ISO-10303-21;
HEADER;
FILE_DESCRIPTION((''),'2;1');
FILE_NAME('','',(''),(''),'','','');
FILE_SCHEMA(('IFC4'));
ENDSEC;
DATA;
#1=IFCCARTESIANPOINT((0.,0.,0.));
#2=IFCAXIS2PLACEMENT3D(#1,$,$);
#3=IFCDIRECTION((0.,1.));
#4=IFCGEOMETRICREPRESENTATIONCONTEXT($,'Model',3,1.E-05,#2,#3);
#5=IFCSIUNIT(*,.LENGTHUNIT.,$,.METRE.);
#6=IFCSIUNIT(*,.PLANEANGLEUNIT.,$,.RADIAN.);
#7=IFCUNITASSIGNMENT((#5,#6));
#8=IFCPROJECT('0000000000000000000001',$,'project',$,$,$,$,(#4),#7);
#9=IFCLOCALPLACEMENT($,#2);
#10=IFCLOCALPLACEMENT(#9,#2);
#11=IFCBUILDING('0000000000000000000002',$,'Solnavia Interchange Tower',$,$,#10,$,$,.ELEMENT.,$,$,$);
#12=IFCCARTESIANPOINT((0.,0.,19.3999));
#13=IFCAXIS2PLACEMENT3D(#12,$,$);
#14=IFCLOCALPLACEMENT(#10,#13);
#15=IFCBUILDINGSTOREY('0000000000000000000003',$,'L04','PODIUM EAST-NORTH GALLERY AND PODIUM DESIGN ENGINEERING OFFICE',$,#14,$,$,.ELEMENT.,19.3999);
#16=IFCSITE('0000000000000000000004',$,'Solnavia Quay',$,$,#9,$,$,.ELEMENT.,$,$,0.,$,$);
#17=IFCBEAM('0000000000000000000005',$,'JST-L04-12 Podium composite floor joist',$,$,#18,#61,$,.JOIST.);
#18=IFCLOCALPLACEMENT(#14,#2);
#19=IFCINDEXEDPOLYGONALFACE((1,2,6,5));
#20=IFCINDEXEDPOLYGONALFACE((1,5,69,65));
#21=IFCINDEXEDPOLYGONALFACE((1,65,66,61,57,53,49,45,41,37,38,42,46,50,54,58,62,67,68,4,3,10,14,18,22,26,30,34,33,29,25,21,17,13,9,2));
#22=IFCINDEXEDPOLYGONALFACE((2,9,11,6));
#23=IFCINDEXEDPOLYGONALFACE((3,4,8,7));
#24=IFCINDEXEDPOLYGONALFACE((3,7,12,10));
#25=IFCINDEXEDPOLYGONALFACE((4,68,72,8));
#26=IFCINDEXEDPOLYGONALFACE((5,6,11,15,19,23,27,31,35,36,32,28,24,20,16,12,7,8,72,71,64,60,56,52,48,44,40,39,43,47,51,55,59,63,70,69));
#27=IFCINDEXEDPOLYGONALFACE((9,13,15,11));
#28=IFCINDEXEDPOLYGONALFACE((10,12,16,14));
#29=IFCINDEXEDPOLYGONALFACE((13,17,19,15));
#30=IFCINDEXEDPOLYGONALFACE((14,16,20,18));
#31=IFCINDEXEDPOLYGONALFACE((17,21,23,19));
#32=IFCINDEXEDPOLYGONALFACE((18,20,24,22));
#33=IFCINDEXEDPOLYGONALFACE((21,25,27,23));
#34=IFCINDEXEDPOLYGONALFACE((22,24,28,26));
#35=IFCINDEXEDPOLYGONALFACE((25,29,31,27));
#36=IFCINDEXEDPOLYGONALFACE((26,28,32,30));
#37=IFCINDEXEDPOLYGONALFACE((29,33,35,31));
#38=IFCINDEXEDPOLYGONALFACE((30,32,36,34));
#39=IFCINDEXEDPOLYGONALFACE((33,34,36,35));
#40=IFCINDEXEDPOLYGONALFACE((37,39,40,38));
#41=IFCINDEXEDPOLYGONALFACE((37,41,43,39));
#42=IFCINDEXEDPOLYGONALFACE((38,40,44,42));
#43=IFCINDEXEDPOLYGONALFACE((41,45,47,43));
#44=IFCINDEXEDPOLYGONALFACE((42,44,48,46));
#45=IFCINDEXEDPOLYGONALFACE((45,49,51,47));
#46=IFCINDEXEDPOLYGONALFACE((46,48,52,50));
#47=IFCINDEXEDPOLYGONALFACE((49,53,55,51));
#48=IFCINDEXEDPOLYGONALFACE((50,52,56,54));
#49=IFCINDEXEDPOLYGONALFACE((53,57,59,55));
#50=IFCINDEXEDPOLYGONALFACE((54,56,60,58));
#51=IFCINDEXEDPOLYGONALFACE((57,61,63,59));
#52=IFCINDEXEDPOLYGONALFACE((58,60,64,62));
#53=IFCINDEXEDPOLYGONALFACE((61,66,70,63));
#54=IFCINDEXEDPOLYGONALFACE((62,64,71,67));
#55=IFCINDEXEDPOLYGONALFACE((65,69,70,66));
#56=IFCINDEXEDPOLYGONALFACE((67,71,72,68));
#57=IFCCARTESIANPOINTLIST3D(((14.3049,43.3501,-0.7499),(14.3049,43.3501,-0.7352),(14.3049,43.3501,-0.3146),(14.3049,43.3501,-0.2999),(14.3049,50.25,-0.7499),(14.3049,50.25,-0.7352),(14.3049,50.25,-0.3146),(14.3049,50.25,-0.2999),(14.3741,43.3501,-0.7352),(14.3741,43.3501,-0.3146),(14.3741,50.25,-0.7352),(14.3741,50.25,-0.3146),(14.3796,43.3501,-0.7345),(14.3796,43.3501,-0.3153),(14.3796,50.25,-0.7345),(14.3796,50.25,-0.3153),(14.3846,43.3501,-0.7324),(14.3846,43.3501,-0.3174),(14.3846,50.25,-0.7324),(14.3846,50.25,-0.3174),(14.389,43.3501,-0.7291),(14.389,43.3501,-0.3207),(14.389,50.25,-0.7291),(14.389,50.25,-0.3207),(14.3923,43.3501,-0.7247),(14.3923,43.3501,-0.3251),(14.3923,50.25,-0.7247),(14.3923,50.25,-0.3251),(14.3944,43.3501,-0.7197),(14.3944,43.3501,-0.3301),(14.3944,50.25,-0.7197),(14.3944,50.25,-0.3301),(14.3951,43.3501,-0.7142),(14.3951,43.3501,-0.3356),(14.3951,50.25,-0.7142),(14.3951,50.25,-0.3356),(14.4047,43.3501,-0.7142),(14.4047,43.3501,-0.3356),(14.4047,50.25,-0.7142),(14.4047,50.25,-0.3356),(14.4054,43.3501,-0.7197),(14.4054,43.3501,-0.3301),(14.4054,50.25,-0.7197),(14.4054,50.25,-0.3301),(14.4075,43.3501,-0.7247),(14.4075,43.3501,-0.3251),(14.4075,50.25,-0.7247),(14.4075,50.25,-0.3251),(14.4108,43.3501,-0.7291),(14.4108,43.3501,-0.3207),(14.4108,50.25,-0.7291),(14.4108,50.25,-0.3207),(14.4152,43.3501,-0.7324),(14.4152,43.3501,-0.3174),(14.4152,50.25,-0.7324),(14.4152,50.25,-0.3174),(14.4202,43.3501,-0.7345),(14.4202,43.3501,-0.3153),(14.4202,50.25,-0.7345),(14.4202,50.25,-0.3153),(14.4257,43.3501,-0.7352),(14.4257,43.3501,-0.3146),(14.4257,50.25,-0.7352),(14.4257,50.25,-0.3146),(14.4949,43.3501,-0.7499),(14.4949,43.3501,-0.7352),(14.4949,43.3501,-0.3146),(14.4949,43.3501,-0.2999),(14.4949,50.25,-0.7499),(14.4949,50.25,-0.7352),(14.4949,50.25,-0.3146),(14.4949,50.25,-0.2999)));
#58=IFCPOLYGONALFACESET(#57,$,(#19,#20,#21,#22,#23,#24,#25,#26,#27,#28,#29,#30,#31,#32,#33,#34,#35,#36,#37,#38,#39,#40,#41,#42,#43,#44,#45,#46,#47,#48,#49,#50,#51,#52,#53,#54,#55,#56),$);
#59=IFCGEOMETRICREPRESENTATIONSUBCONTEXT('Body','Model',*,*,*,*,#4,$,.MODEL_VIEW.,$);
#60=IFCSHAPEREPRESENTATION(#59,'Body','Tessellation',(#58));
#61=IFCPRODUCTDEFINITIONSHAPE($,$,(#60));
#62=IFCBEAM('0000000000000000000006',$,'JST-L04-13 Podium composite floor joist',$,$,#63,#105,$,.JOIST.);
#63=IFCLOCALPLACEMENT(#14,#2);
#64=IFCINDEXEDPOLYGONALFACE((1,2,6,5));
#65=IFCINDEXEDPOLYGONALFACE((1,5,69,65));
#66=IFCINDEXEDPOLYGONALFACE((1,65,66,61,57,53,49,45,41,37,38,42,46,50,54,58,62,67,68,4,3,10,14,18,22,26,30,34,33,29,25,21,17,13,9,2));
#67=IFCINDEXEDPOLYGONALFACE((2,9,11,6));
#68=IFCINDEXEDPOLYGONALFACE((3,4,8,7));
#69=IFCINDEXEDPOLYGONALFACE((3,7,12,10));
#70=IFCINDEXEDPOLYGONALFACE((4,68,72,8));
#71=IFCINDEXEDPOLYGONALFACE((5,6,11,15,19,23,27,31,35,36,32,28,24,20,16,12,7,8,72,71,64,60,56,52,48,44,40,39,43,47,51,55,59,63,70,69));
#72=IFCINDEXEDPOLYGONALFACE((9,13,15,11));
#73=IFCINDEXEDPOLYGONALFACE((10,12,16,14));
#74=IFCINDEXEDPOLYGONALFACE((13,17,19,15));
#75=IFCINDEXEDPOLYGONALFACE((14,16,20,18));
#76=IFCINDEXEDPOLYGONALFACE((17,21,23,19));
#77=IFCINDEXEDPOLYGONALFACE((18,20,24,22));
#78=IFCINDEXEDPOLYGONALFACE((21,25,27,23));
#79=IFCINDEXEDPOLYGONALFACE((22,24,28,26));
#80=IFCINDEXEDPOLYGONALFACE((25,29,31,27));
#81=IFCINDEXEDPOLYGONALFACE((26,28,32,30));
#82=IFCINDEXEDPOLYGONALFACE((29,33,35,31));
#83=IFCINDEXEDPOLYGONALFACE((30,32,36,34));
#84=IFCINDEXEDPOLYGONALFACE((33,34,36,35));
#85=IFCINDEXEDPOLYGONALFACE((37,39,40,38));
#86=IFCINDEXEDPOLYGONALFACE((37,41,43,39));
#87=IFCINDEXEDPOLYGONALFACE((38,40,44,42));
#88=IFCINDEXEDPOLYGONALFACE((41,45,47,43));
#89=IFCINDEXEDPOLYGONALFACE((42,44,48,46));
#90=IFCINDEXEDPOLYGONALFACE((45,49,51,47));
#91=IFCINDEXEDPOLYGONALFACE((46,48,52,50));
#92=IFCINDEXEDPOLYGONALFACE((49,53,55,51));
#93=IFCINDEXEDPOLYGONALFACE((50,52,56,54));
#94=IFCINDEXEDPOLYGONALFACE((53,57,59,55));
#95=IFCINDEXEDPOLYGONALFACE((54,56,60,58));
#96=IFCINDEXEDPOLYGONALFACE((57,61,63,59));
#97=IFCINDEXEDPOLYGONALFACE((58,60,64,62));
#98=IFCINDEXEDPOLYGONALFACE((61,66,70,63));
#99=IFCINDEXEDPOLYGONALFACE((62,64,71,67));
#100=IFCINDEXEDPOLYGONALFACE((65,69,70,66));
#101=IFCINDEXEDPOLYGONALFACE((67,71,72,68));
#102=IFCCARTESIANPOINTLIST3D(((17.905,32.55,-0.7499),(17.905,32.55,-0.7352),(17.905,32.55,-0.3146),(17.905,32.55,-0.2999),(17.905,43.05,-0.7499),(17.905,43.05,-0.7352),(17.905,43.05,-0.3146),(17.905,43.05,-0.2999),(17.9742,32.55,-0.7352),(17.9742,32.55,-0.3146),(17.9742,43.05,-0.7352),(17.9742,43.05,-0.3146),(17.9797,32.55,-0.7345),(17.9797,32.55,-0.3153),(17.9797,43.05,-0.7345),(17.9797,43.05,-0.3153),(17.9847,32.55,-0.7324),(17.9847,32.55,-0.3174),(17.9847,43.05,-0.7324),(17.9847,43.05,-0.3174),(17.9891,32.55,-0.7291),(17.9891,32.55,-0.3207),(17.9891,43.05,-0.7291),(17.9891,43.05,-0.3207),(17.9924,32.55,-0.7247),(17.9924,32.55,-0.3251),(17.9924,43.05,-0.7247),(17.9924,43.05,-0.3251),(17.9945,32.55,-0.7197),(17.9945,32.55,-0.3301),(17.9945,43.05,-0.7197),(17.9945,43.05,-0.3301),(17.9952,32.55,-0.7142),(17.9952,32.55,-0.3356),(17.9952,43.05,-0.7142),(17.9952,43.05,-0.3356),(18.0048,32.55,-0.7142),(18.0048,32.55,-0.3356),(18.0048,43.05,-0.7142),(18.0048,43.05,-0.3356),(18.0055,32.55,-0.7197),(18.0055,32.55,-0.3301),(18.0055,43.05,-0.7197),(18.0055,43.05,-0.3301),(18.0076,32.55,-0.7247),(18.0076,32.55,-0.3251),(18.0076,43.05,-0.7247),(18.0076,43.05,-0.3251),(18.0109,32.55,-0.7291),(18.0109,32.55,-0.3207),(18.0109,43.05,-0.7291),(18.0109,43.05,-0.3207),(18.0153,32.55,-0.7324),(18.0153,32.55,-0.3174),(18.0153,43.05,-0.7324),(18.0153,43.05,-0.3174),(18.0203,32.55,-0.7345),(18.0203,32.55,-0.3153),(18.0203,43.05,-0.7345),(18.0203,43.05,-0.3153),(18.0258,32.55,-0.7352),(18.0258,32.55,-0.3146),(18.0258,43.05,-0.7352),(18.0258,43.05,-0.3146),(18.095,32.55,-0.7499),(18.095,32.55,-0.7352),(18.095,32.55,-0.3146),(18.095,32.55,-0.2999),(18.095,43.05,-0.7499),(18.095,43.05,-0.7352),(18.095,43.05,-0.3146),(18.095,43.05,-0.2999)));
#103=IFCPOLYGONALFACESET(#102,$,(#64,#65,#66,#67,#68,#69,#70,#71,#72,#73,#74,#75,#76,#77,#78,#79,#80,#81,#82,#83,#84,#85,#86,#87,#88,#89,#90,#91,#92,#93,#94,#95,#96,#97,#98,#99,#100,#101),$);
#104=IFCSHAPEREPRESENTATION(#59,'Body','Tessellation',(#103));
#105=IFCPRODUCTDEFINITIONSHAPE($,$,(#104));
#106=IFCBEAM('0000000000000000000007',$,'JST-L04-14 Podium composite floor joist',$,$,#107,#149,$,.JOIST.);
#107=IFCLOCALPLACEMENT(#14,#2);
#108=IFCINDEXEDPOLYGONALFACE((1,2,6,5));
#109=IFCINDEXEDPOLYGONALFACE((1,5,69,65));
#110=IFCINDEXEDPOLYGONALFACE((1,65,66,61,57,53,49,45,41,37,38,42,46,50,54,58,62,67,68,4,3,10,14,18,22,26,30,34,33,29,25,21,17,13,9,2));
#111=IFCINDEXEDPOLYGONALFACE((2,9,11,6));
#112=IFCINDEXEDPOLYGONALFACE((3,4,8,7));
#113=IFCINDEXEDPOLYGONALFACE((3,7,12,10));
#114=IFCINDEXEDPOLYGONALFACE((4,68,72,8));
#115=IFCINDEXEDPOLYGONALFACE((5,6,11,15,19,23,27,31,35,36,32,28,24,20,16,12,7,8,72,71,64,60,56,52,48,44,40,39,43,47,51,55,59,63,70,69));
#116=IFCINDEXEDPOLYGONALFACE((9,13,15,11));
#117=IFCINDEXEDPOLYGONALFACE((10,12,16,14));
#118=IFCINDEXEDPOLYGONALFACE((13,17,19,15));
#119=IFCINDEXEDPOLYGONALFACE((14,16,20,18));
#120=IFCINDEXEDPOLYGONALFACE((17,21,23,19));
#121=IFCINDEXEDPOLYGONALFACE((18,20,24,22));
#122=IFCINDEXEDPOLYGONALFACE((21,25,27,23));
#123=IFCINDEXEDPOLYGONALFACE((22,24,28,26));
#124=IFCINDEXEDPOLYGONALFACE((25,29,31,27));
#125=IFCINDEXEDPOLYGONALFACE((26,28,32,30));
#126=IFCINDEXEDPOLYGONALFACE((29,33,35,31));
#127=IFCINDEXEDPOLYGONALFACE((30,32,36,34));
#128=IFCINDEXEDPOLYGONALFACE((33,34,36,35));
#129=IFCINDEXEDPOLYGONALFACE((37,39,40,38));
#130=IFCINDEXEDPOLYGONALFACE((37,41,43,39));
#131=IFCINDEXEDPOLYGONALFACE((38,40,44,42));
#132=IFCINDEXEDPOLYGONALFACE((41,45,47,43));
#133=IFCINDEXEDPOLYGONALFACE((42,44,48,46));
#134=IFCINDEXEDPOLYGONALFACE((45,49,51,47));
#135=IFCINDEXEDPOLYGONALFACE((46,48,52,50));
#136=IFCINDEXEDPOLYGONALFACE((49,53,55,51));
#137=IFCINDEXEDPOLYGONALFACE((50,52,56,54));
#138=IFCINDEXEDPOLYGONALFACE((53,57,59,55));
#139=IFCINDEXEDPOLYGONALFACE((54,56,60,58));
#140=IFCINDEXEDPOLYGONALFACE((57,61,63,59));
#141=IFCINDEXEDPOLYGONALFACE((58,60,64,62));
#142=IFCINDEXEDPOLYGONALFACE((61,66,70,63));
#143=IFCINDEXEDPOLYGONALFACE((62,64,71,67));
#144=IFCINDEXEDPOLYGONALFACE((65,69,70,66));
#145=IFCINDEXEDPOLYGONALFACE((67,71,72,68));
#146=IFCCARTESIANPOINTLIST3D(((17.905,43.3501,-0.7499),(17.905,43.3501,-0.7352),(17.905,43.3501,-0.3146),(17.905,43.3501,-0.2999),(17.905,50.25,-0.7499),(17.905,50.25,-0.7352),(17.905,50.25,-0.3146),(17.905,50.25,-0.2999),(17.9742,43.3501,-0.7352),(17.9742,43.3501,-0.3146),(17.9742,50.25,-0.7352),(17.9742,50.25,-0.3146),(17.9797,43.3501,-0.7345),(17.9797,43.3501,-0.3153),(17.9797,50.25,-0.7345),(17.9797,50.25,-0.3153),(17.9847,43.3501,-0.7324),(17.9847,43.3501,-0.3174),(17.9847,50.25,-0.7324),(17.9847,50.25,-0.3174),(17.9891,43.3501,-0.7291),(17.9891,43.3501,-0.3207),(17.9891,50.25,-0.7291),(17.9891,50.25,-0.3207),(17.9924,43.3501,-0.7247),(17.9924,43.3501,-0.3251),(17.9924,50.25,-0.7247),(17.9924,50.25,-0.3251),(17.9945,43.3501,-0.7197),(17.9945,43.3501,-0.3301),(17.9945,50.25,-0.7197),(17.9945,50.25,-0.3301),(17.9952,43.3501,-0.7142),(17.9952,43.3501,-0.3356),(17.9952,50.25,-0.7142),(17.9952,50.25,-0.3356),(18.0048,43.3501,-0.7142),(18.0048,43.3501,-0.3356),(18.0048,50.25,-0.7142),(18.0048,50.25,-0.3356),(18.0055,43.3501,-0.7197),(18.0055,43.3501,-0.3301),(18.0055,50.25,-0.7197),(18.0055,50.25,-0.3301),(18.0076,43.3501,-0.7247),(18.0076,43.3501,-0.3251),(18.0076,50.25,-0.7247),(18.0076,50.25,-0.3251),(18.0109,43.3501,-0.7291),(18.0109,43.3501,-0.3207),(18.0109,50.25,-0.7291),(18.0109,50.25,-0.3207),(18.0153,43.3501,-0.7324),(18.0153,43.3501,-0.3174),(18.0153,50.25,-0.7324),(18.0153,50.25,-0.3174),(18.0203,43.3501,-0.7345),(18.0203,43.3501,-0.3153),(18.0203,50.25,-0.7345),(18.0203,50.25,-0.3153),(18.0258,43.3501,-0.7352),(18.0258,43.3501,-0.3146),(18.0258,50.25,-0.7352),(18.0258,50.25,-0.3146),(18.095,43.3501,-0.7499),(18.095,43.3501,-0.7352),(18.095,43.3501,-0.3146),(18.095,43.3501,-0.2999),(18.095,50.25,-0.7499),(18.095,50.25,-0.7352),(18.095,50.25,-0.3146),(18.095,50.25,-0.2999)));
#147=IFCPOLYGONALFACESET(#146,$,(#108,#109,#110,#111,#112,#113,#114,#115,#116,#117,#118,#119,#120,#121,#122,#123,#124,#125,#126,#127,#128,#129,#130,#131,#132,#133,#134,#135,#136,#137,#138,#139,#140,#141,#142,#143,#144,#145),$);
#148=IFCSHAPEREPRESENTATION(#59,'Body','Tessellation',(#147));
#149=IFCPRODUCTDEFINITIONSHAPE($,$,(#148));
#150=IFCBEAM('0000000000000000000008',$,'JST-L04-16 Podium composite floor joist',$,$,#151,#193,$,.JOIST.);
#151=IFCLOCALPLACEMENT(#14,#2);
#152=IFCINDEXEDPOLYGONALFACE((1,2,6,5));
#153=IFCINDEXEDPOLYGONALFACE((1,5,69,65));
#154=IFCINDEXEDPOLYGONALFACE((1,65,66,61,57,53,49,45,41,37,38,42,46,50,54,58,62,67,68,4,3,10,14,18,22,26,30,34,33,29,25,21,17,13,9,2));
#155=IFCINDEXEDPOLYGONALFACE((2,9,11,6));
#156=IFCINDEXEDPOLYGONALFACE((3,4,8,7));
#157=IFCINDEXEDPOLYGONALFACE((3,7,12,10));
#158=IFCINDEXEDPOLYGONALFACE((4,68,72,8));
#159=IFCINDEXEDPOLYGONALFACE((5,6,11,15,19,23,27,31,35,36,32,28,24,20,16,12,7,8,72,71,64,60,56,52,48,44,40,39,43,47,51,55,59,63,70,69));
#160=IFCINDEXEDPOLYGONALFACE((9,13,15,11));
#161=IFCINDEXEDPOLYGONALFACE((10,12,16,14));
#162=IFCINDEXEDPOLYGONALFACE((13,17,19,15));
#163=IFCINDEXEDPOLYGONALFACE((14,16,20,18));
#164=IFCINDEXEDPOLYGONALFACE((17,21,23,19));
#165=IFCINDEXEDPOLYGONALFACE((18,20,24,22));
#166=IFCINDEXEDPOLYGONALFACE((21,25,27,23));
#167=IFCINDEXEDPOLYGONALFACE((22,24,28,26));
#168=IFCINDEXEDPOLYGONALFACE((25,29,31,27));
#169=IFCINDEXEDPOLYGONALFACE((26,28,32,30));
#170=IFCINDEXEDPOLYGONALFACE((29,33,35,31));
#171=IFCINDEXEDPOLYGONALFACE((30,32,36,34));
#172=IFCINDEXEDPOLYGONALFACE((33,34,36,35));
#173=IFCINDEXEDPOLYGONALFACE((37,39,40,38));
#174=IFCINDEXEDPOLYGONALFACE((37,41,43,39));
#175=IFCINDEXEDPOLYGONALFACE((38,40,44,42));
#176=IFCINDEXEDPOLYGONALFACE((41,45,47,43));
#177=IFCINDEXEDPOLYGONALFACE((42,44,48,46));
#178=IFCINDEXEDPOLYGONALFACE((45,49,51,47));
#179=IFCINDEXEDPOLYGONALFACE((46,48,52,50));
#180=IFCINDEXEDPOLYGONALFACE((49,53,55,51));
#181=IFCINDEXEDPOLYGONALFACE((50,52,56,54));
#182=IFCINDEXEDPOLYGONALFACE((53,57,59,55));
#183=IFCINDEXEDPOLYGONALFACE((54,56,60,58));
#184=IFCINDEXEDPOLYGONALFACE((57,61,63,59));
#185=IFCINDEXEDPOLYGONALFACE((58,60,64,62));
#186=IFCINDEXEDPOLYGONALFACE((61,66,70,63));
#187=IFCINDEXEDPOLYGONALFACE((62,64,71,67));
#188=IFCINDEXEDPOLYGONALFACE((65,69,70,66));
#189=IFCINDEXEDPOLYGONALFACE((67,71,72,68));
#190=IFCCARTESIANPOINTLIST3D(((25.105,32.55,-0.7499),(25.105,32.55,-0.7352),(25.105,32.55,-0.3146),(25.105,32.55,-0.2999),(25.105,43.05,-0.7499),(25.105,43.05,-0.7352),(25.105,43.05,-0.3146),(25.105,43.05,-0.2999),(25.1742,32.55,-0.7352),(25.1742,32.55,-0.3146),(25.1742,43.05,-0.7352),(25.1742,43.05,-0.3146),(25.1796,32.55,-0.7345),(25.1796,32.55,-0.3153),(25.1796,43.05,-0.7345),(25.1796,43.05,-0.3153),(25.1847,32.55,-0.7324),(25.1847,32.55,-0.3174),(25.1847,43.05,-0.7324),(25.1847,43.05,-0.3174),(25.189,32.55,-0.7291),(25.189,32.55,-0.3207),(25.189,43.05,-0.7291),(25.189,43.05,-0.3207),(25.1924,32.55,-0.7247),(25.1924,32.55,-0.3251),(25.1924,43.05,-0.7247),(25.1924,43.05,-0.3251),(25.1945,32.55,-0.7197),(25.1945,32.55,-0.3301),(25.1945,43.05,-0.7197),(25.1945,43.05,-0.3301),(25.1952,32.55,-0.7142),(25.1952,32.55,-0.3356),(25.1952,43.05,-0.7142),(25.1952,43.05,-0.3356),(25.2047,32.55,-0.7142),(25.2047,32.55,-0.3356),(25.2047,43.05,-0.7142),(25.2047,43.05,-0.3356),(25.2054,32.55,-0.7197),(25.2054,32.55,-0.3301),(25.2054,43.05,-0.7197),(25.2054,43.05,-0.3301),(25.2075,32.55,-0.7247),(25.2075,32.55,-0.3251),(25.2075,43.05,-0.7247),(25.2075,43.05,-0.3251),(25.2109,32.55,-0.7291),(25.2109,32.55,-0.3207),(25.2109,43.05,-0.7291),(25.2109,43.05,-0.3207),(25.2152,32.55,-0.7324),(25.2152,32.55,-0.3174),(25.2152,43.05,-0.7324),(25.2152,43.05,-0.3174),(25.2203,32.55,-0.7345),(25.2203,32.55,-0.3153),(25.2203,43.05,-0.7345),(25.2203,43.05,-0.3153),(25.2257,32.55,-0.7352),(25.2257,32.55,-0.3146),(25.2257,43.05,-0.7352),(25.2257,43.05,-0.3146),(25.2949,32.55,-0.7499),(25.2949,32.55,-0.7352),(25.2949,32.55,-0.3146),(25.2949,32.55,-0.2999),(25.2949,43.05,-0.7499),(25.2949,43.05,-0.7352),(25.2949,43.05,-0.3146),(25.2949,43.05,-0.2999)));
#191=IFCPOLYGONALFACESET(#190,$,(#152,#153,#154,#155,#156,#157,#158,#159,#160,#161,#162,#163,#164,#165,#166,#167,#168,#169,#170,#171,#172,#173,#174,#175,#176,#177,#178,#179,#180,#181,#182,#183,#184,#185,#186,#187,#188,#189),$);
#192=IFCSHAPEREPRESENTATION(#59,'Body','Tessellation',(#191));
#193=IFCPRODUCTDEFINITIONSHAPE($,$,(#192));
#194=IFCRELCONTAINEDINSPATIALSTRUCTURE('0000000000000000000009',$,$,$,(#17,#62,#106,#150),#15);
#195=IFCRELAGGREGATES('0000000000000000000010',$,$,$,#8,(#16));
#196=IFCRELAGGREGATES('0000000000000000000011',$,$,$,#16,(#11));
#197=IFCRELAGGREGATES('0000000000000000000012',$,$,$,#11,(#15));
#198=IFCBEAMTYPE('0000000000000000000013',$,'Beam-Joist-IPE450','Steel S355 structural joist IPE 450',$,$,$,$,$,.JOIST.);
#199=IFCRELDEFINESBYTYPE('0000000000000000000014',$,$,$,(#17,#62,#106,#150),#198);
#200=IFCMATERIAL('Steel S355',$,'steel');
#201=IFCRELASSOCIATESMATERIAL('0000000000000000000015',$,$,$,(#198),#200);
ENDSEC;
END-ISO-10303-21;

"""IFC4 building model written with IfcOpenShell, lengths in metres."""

from ifc_helpers import new_model, si_unit, direction, frame, origin, origin_2d, place, context, subcontext, project, spatial, i_section, extrude, material, material_profile, profile_set, type_object, element, save


model = new_model("IFC4")

# Units and contexts
model_context = context("Model", 3, precision=1e-05, world=origin(), true_north=direction((0.0, 1.0)))
body_context = subcontext(model_context, "Body", "Model", "MODEL_VIEW")
ifc_project = project(units=[si_unit("LENGTHUNIT", "METRE"), si_unit("PLANEANGLEUNIT", "RADIAN")], contexts=[model_context])

# Site, building, storey
site_placement = place(None, origin())
site = spatial("IfcSite", under=ifc_project, at=site_placement, Name="Solnavia Quay", CompositionType="ELEMENT", RefElevation=0.0)
building_placement = place(site_placement, origin())
building = spatial("IfcBuilding", under=site, at=building_placement, Name="Solnavia Interchange Tower", CompositionType="ELEMENT")
storey_placement = place(building_placement, frame((0.0, 0.0, 19.3999)))
storey = spatial("IfcBuildingStorey", under=building, at=storey_placement, Name="L04", Description="PODIUM EAST-NORTH GALLERY AND PODIUM DESIGN ENGINEERING OFFICE", CompositionType="ELEMENT", Elevation=19.3999)

# Beams
ifc_material_1 = material(Name="Steel S355", Category="steel")
ifc_material_profile_1 = material_profile(ifc_material_1, i_section(OverallWidth=0.1899, OverallDepth=0.45, WebThickness=0.0095, FlangeThickness=0.0146, FilletRadius=0.021, at=origin_2d()), Name="IPE 450")
ifc_profile_set_1 = profile_set([ifc_material_profile_1], Name="Steel S355")
beam_type_1 = type_object("IfcBeamType", Name="Beam-Joist-IPE450", Description="Steel S355 structural joist IPE 450", PredefinedType="JOIST", material=ifc_profile_set_1)
beam_1_placement = place(storey_placement, frame((14.3999, 43.3501, -0.5249), z_axis=(0.0, 1.0, 0.0), x_axis=(-1.0, 0.0, 0.0)))
element("IfcBeam", 1, at=beam_1_placement, inside=storey, type_object=beam_type_1, Name="JST-L04-12 Podium composite floor joist", PredefinedType="JOIST", context=body_context, shape_type="SweptSolid", body=[
    extrude(i_section(OverallWidth=0.1899, OverallDepth=0.45, WebThickness=0.0095, FlangeThickness=0.0146, FilletRadius=0.021, at=origin_2d()), origin(), (0.0, 0.0, 1.0), 6.8999),
])
beam_2_placement = place(storey_placement, frame((18.0, 32.55, -0.5249), z_axis=(0.0, 1.0, 0.0), x_axis=(-1.0, 0.0, 0.0)))
element("IfcBeam", 2, at=beam_2_placement, inside=storey, type_object=beam_type_1, Name="JST-L04-13 Podium composite floor joist", PredefinedType="JOIST", context=body_context, shape_type="SweptSolid", body=[
    extrude(i_section(OverallWidth=0.1899, OverallDepth=0.45, WebThickness=0.0095, FlangeThickness=0.0146, FilletRadius=0.021, at=origin_2d()), origin(), (0.0, 0.0, 1.0), 10.5),
])
beam_3_placement = place(storey_placement, frame((18.0, 43.3501, -0.5249), z_axis=(0.0, 1.0, 0.0), x_axis=(-1.0, 0.0, 0.0)))
element("IfcBeam", 3, at=beam_3_placement, inside=storey, type_object=beam_type_1, Name="JST-L04-14 Podium composite floor joist", PredefinedType="JOIST", context=body_context, shape_type="SweptSolid", body=[
    extrude(i_section(OverallWidth=0.1899, OverallDepth=0.45, WebThickness=0.0095, FlangeThickness=0.0146, FilletRadius=0.021, at=origin_2d()), origin(), (0.0, 0.0, 1.0), 6.8999),
])
beam_4_placement = place(storey_placement, frame((25.2, 32.55, -0.5249), z_axis=(0.0, 1.0, 0.0), x_axis=(-1.0, 0.0, 0.0)))
element("IfcBeam", 4, at=beam_4_placement, inside=storey, type_object=beam_type_1, Name="JST-L04-16 Podium composite floor joist", PredefinedType="JOIST", context=body_context, shape_type="SweptSolid", body=[
    extrude(i_section(OverallWidth=0.1899, OverallDepth=0.45, WebThickness=0.0095, FlangeThickness=0.0146, FilletRadius=0.021, at=origin_2d()), origin(), (0.0, 0.0, 1.0), 10.5),
])

save(model, "model.ifc")
